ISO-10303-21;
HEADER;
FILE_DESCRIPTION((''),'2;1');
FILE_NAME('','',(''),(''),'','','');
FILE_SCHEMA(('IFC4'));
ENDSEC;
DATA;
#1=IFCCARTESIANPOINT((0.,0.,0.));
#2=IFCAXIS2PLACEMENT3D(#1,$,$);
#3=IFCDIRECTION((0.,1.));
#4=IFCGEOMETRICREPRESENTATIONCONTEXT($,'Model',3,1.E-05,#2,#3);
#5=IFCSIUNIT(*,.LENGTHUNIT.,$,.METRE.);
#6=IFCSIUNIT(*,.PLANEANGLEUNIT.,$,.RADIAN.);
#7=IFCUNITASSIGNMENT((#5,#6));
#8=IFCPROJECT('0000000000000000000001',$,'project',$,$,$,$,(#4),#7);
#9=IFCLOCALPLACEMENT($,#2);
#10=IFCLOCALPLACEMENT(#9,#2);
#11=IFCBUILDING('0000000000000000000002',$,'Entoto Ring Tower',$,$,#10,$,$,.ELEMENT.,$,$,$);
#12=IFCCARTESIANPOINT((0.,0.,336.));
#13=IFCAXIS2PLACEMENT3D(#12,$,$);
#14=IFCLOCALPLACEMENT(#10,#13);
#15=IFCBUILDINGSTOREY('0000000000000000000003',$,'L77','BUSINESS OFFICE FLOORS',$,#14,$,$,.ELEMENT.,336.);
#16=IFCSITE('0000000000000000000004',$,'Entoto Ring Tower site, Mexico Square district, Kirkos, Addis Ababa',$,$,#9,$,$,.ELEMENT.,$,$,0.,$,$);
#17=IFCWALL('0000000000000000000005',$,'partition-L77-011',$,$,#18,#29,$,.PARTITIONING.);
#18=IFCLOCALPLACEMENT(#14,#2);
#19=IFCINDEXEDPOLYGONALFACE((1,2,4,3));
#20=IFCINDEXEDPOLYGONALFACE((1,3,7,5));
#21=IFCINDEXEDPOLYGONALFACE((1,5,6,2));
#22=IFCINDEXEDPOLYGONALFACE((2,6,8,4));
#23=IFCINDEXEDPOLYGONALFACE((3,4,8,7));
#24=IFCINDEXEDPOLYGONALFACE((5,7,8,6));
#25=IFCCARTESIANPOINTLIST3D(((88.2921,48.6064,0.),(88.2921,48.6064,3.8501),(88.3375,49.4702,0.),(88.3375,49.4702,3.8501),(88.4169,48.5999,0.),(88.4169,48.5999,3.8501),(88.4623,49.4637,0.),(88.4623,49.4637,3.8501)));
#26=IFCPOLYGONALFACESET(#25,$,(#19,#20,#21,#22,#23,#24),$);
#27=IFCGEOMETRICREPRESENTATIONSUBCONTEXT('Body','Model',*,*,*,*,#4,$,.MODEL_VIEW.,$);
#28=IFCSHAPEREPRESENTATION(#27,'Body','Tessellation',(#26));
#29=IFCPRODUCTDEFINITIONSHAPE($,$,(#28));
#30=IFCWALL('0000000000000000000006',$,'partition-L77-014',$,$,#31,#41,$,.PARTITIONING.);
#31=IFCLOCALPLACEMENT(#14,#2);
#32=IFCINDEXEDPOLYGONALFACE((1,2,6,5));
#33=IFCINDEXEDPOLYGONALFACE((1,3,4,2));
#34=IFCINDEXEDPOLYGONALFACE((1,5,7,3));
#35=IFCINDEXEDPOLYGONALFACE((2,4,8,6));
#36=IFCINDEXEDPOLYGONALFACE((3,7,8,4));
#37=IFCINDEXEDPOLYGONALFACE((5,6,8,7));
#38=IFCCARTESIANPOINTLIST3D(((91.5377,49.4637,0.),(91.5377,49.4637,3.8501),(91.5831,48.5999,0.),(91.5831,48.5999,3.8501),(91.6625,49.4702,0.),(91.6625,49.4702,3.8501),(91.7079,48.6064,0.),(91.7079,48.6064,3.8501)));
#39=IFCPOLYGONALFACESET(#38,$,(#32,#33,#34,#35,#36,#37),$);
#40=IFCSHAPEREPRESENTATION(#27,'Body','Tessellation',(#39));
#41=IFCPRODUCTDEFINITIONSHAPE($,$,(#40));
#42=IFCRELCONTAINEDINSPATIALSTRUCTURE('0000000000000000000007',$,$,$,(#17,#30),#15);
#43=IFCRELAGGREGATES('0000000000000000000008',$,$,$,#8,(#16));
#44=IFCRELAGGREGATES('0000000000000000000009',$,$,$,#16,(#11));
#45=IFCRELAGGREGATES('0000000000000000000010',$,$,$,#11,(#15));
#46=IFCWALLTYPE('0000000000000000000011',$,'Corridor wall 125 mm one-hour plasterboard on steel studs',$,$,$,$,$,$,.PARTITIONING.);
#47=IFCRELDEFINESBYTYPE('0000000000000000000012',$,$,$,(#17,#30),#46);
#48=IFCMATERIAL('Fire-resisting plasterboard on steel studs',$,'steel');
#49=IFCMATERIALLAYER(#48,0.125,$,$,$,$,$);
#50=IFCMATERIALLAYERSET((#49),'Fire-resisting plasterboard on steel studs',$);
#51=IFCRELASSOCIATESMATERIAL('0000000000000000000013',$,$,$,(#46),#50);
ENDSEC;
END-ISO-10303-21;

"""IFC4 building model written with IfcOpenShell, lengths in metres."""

from ifc_helpers import new_model, si_unit, direction, frame, frame_2d, origin, place, context, subcontext, project, spatial, rectangle, extrude, material, layer, layer_set, type_object, element, save


model = new_model("IFC4")

# Units and contexts
model_context = context("Model", 3, precision=1e-05, world=origin(), true_north=direction((0.0, 1.0)))
body_context = subcontext(model_context, "Body", "Model", "MODEL_VIEW")
ifc_project = project(units=[si_unit("LENGTHUNIT", "METRE"), si_unit("PLANEANGLEUNIT", "RADIAN")], contexts=[model_context])

# Site, building, storey
site_placement = place(None, origin())
site = spatial("IfcSite", under=ifc_project, at=site_placement, Name="Entoto Ring Tower site, Mexico Square district, Kirkos, Addis Ababa", CompositionType="ELEMENT", RefElevation=0.0)
building_placement = place(site_placement, origin())
building = spatial("IfcBuilding", under=site, at=building_placement, Name="Entoto Ring Tower", CompositionType="ELEMENT")
storey_placement = place(building_placement, frame((0.0, 0.0, 336.0)))
storey = spatial("IfcBuildingStorey", under=building, at=storey_placement, Name="L77", Description="BUSINESS OFFICE FLOORS", CompositionType="ELEMENT", Elevation=336.0)

# Shared definitions
ifc_material_1 = material(Name="Fire-resisting plasterboard on steel studs", Category="steel")
ifc_layer_1 = layer(ifc_material_1, 0.125)
ifc_layer_set_1 = layer_set([ifc_layer_1], Name="Fire-resisting plasterboard on steel studs")
wall_type_1 = type_object("IfcWallType", Name="Corridor wall 125 mm one-hour plasterboard on steel studs", PredefinedType="PARTITIONING", material=ifc_layer_set_1)

# Walls
for number, where, z_axis, x_axis, name in (
    (1, (88.3545, 48.603, 0.0), (0.0, 0.0, 1.0), (0.0525, 0.998621, 0.0), "partition-L77-011"),
    (2, (91.6455, 48.603, 0.0), (0.0, 0.0, 1.0), (-0.0525, 0.998621, 0.0), "partition-L77-014"),
):
    element("IfcWall", number, at=place(storey_placement, frame(where, z_axis=z_axis, x_axis=x_axis)), inside=storey, type_object=wall_type_1, Name=name, PredefinedType="PARTITIONING", context=body_context, shape_type="SweptSolid", body=[
        extrude(rectangle(XDim=0.865, YDim=0.125, at=frame_2d((0.4326, 0.0))), origin(), (0.0, 0.0, 1.0), 3.8501),
    ])

save(model, "model.ifc")
